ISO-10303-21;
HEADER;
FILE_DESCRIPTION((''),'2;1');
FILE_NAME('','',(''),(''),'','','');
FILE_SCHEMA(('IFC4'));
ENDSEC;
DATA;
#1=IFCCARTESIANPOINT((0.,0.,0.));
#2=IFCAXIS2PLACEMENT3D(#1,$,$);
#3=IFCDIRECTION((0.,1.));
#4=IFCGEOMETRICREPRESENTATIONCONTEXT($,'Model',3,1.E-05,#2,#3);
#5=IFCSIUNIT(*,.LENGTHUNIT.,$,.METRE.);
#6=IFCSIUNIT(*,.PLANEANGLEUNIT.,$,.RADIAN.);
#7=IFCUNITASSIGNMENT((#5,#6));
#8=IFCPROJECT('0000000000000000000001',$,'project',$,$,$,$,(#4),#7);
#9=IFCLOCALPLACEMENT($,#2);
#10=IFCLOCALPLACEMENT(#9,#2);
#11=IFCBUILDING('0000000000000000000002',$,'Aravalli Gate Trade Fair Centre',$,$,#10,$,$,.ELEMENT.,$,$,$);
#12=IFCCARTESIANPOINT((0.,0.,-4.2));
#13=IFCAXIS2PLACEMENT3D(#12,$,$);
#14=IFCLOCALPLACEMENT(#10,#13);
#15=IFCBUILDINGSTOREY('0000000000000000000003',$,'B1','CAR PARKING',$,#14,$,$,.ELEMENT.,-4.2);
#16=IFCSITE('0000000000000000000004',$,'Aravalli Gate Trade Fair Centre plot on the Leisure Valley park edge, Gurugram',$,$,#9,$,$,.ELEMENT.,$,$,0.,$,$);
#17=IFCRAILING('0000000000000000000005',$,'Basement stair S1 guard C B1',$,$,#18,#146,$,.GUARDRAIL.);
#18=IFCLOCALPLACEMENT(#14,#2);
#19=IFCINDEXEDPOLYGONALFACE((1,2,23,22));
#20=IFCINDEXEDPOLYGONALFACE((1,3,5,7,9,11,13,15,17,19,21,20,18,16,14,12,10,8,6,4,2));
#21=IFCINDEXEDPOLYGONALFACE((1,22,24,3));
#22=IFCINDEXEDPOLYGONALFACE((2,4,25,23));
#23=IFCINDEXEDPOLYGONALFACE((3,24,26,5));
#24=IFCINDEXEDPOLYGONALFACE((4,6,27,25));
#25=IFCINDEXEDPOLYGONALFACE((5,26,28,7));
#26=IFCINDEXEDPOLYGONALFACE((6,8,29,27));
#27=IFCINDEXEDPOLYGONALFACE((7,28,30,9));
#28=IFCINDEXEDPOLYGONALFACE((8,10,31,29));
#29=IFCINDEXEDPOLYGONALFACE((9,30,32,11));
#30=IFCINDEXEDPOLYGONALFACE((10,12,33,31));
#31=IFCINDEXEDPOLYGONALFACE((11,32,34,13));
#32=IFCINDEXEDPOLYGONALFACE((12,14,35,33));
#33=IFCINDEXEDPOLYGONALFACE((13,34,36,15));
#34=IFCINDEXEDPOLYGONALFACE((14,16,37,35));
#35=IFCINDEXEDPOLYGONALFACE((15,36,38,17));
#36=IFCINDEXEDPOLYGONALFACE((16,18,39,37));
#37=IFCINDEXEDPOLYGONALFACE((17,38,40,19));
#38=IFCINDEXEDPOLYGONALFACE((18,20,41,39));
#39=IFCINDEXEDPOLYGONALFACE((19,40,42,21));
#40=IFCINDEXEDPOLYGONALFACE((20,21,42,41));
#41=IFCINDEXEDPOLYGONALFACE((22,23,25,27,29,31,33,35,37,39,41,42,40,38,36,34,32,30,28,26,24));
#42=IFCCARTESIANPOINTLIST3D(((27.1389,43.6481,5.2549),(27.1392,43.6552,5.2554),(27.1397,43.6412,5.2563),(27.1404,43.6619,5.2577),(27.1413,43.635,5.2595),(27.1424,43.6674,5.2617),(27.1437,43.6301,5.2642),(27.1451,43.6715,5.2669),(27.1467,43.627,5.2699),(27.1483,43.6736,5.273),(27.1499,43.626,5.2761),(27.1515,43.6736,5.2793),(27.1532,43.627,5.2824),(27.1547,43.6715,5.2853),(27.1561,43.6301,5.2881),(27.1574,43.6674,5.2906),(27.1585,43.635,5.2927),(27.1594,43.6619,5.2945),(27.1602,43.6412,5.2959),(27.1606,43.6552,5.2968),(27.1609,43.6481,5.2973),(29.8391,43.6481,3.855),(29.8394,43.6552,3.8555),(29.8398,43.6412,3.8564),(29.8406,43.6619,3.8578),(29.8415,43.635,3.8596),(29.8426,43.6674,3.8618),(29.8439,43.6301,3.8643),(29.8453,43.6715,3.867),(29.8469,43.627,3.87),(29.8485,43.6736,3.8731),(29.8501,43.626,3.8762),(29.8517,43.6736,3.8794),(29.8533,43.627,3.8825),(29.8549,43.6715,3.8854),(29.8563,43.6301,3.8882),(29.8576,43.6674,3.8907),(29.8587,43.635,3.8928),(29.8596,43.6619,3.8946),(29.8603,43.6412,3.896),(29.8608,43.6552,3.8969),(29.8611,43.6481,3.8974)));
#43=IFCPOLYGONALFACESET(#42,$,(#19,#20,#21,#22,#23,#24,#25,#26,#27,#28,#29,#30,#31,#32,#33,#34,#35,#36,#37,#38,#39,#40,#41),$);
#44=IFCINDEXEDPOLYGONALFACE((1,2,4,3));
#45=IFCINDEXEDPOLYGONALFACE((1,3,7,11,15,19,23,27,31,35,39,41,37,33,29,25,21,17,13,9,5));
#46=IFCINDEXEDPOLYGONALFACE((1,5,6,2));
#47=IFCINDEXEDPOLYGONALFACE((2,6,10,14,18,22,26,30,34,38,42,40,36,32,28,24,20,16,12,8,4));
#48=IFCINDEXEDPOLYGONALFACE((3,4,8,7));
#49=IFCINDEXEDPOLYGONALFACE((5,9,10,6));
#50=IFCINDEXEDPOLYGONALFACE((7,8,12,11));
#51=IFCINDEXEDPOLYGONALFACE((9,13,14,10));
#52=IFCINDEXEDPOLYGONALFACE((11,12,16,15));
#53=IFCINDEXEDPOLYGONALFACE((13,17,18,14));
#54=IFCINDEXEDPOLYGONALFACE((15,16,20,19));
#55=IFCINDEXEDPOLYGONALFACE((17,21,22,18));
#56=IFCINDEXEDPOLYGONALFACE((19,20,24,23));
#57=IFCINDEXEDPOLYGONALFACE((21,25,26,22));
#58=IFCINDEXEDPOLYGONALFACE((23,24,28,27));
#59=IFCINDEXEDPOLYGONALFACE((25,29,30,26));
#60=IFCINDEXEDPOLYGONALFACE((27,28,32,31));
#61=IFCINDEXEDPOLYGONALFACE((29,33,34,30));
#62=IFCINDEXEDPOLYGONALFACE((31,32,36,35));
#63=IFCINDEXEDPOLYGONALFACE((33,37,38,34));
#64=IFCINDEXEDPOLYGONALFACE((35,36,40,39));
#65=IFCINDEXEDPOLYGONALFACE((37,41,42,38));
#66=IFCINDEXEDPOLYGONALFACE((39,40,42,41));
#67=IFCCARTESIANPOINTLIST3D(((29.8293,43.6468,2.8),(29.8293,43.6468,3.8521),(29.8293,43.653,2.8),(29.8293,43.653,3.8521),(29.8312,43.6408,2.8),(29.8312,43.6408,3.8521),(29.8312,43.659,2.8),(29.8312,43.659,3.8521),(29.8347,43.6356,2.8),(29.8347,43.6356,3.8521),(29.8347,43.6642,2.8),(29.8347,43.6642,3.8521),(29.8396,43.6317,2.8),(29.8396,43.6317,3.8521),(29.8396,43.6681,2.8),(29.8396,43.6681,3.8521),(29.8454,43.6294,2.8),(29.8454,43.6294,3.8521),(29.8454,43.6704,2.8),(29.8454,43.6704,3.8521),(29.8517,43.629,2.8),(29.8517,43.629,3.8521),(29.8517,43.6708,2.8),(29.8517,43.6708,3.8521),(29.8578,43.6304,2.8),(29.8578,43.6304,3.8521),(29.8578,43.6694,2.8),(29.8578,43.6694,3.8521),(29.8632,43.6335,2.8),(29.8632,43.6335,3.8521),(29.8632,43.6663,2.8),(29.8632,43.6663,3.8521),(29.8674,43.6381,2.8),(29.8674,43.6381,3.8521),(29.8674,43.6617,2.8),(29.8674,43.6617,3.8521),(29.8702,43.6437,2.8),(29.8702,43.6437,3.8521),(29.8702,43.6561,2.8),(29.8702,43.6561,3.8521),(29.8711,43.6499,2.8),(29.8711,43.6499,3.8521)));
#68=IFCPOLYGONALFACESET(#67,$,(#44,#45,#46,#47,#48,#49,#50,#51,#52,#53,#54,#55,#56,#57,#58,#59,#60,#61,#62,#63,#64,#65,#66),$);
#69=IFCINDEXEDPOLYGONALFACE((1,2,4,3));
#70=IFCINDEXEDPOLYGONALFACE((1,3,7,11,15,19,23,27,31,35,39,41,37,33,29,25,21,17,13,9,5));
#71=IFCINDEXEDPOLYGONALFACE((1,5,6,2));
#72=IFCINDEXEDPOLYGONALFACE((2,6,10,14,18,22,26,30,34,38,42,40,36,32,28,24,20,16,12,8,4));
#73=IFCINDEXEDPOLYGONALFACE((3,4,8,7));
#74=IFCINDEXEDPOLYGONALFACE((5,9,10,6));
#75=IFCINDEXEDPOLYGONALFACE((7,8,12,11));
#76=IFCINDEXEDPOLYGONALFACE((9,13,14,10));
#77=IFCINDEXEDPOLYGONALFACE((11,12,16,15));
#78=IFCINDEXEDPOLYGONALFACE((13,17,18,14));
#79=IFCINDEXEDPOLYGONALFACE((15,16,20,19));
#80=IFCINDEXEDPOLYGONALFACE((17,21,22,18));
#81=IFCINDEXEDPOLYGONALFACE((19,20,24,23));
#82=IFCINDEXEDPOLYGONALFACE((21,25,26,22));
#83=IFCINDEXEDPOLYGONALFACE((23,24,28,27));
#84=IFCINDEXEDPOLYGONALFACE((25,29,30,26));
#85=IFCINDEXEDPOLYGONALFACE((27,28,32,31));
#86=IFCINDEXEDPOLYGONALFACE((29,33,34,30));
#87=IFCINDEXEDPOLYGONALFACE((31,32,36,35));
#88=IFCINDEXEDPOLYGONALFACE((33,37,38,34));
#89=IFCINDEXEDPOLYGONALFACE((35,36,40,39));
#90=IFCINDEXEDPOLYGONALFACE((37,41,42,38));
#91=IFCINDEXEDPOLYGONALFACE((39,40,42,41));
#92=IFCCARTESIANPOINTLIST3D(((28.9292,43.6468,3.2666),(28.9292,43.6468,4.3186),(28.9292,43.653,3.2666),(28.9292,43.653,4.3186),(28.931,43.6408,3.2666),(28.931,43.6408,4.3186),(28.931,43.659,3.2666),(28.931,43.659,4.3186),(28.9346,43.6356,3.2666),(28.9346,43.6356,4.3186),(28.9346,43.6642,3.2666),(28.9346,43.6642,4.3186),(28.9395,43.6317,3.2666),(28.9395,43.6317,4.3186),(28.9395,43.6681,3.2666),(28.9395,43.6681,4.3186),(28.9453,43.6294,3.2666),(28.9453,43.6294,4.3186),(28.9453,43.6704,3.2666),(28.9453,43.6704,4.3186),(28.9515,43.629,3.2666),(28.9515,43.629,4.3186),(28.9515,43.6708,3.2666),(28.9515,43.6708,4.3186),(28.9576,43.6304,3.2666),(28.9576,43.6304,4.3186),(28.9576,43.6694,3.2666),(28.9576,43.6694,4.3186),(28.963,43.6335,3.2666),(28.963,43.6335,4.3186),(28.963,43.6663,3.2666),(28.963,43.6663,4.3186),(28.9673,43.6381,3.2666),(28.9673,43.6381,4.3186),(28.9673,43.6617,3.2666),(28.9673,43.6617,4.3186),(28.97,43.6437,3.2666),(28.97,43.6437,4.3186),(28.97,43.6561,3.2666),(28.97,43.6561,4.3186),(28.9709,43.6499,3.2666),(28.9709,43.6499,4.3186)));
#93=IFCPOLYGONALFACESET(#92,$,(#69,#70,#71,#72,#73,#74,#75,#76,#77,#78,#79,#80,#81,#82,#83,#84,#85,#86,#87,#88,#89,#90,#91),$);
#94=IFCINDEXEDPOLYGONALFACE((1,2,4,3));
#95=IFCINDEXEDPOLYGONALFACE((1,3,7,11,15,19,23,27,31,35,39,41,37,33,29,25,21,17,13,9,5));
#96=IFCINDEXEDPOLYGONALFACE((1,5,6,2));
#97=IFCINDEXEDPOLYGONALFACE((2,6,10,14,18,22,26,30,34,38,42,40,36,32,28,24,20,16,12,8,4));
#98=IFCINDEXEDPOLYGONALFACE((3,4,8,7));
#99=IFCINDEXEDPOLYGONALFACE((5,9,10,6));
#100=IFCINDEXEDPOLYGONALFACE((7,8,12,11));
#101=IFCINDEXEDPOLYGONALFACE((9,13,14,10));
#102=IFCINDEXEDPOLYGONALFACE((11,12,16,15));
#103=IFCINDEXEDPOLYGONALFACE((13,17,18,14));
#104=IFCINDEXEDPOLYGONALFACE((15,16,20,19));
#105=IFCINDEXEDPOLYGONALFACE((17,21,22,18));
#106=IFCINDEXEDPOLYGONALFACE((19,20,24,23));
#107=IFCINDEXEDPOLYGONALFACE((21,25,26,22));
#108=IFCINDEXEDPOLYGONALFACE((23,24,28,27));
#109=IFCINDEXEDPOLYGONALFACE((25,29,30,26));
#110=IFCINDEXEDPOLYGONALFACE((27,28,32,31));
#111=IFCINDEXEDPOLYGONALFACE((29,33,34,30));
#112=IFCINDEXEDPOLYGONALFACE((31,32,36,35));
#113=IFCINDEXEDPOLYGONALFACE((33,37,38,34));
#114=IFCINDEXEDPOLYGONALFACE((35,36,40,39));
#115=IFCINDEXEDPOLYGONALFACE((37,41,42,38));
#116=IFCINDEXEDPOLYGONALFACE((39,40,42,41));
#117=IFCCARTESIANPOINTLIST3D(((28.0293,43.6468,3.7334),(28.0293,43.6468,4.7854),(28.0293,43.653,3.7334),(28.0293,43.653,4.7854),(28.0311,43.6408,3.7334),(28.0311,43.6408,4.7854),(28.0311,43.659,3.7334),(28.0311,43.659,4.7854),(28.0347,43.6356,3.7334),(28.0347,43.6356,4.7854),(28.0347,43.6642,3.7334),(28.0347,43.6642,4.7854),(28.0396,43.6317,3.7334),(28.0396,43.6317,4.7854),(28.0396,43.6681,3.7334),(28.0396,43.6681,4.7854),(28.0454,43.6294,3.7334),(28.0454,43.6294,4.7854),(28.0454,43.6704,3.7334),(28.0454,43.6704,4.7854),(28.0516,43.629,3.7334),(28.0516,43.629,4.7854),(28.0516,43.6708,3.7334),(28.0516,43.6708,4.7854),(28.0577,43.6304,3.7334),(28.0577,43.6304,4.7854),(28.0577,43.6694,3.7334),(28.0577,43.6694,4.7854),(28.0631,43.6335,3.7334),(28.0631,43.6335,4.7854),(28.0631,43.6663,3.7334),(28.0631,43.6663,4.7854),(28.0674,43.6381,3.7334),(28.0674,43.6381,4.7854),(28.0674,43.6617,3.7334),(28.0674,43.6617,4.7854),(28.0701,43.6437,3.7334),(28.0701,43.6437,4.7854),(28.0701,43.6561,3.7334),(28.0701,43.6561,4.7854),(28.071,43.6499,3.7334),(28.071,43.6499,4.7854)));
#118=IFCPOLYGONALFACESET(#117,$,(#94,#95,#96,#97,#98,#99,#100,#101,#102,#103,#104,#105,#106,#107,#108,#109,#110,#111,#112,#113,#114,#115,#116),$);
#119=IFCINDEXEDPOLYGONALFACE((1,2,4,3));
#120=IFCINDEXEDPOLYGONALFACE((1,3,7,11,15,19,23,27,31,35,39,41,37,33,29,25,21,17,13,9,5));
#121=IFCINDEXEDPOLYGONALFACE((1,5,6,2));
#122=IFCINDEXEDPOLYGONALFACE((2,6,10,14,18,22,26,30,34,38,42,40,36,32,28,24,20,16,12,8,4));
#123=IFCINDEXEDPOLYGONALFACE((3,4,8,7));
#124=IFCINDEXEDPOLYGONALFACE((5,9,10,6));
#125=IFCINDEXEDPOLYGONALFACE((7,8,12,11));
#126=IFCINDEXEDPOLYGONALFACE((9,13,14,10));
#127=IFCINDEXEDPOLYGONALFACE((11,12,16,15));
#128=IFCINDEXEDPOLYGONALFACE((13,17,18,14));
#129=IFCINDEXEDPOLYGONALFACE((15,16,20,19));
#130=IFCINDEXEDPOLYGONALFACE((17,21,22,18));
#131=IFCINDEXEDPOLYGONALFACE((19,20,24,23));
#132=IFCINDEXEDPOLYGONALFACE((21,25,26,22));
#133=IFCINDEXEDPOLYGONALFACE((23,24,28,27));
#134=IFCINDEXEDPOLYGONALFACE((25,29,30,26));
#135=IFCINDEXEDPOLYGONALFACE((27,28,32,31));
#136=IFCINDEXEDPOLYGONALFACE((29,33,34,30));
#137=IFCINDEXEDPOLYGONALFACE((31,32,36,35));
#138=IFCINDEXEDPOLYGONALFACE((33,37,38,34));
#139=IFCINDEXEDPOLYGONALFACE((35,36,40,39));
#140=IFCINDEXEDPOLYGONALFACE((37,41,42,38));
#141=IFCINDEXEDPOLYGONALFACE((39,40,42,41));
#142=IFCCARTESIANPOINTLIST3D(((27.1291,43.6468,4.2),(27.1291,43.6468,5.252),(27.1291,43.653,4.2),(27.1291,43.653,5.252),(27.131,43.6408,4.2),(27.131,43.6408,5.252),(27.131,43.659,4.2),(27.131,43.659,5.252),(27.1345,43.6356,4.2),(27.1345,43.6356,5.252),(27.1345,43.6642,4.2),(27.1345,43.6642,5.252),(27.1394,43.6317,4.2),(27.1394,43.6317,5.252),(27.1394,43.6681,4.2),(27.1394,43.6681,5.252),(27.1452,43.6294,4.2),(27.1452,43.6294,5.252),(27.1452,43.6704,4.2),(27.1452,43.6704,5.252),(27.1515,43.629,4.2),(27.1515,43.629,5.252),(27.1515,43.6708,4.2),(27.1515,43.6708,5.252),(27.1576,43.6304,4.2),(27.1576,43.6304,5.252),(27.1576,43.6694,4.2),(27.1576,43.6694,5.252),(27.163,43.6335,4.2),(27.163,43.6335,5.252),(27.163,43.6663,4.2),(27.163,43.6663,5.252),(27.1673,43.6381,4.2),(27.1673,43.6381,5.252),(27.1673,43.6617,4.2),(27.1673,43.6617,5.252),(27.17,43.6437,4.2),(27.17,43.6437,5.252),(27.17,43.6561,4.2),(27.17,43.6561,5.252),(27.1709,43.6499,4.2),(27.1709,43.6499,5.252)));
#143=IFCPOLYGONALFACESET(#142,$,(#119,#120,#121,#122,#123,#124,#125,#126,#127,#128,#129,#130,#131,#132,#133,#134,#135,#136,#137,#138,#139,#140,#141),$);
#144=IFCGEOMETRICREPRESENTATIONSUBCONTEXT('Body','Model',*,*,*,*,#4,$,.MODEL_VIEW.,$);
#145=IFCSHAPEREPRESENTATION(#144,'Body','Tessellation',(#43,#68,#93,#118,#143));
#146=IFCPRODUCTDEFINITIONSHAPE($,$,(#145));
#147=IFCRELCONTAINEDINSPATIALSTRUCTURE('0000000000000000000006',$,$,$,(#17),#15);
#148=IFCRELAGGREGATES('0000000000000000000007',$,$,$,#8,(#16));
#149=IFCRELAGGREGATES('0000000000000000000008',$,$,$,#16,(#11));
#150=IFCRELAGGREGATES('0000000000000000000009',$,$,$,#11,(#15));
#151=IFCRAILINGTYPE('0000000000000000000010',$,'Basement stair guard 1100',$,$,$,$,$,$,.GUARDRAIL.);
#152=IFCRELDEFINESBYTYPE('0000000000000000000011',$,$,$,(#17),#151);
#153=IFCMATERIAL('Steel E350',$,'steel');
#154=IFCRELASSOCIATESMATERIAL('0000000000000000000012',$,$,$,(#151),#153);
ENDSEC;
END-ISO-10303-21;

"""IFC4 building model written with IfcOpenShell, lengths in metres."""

from ifc_helpers import new_model, si_unit, direction, frame, origin, origin_2d, place, context, subcontext, project, spatial, circle, extrude, material, type_object, element, save


model = new_model("IFC4")

# Units and contexts
model_context = context("Model", 3, precision=1e-05, world=origin(), true_north=direction((0.0, 1.0)))
body_context = subcontext(model_context, "Body", "Model", "MODEL_VIEW")
ifc_project = project(units=[si_unit("LENGTHUNIT", "METRE"), si_unit("PLANEANGLEUNIT", "RADIAN")], contexts=[model_context])

# Site, building, storey
site_placement = place(None, origin())
site = spatial("IfcSite", under=ifc_project, at=site_placement, Name="Aravalli Gate Trade Fair Centre plot on the Leisure Valley park edge, Gurugram", CompositionType="ELEMENT", RefElevation=0.0)
building_placement = place(site_placement, origin())
building = spatial("IfcBuilding", under=site, at=building_placement, Name="Aravalli Gate Trade Fair Centre", CompositionType="ELEMENT")
storey_placement = place(building_placement, frame((0.0, 0.0, -4.2)))
storey = spatial("IfcBuildingStorey", under=building, at=storey_placement, Name="B1", Description="CAR PARKING", CompositionType="ELEMENT", Elevation=-4.2)

# Railing
ifc_material_1 = material(Name="Steel E350", Category="steel")
railing_type_1 = type_object("IfcRailingType", Name="Basement stair guard 1100", PredefinedType="GUARDRAIL", material=ifc_material_1)
railing_1_placement = place(storey_placement, frame((29.8501, 43.6499, 2.8)))
element("IfcRailing", 1, at=railing_1_placement, inside=storey, type_object=railing_type_1, Name="Basement stair S1 guard C B1", PredefinedType="GUARDRAIL", context=body_context, shape_type="SweptSolid", body=[
    extrude(circle(Radius=0.0239, at=origin_2d()), frame((0.0, 0.0, 1.0762), z_axis=(-0.887781, 0.0, 0.460266), x_axis=(0.0, -1.0, 0.0)), (0.0, 0.0, 1.0), 3.0415),
    extrude(circle(Radius=0.021, at=origin_2d()), origin(), (0.0, 0.0, 1.0), 1.052),
    extrude(circle(Radius=0.021, at=origin_2d()), frame((-0.9001, 0.0, 0.4666)), (0.0, 0.0, 1.0), 1.052),
    extrude(circle(Radius=0.021, at=origin_2d()), frame((-1.8, 0.0, 0.9333)), (0.0, 0.0, 1.0), 1.052),
    extrude(circle(Radius=0.021, at=origin_2d()), frame((-2.7002, 0.0, 1.3999)), (0.0, 0.0, 1.0), 1.052),
])

save(model, "model.ifc")
